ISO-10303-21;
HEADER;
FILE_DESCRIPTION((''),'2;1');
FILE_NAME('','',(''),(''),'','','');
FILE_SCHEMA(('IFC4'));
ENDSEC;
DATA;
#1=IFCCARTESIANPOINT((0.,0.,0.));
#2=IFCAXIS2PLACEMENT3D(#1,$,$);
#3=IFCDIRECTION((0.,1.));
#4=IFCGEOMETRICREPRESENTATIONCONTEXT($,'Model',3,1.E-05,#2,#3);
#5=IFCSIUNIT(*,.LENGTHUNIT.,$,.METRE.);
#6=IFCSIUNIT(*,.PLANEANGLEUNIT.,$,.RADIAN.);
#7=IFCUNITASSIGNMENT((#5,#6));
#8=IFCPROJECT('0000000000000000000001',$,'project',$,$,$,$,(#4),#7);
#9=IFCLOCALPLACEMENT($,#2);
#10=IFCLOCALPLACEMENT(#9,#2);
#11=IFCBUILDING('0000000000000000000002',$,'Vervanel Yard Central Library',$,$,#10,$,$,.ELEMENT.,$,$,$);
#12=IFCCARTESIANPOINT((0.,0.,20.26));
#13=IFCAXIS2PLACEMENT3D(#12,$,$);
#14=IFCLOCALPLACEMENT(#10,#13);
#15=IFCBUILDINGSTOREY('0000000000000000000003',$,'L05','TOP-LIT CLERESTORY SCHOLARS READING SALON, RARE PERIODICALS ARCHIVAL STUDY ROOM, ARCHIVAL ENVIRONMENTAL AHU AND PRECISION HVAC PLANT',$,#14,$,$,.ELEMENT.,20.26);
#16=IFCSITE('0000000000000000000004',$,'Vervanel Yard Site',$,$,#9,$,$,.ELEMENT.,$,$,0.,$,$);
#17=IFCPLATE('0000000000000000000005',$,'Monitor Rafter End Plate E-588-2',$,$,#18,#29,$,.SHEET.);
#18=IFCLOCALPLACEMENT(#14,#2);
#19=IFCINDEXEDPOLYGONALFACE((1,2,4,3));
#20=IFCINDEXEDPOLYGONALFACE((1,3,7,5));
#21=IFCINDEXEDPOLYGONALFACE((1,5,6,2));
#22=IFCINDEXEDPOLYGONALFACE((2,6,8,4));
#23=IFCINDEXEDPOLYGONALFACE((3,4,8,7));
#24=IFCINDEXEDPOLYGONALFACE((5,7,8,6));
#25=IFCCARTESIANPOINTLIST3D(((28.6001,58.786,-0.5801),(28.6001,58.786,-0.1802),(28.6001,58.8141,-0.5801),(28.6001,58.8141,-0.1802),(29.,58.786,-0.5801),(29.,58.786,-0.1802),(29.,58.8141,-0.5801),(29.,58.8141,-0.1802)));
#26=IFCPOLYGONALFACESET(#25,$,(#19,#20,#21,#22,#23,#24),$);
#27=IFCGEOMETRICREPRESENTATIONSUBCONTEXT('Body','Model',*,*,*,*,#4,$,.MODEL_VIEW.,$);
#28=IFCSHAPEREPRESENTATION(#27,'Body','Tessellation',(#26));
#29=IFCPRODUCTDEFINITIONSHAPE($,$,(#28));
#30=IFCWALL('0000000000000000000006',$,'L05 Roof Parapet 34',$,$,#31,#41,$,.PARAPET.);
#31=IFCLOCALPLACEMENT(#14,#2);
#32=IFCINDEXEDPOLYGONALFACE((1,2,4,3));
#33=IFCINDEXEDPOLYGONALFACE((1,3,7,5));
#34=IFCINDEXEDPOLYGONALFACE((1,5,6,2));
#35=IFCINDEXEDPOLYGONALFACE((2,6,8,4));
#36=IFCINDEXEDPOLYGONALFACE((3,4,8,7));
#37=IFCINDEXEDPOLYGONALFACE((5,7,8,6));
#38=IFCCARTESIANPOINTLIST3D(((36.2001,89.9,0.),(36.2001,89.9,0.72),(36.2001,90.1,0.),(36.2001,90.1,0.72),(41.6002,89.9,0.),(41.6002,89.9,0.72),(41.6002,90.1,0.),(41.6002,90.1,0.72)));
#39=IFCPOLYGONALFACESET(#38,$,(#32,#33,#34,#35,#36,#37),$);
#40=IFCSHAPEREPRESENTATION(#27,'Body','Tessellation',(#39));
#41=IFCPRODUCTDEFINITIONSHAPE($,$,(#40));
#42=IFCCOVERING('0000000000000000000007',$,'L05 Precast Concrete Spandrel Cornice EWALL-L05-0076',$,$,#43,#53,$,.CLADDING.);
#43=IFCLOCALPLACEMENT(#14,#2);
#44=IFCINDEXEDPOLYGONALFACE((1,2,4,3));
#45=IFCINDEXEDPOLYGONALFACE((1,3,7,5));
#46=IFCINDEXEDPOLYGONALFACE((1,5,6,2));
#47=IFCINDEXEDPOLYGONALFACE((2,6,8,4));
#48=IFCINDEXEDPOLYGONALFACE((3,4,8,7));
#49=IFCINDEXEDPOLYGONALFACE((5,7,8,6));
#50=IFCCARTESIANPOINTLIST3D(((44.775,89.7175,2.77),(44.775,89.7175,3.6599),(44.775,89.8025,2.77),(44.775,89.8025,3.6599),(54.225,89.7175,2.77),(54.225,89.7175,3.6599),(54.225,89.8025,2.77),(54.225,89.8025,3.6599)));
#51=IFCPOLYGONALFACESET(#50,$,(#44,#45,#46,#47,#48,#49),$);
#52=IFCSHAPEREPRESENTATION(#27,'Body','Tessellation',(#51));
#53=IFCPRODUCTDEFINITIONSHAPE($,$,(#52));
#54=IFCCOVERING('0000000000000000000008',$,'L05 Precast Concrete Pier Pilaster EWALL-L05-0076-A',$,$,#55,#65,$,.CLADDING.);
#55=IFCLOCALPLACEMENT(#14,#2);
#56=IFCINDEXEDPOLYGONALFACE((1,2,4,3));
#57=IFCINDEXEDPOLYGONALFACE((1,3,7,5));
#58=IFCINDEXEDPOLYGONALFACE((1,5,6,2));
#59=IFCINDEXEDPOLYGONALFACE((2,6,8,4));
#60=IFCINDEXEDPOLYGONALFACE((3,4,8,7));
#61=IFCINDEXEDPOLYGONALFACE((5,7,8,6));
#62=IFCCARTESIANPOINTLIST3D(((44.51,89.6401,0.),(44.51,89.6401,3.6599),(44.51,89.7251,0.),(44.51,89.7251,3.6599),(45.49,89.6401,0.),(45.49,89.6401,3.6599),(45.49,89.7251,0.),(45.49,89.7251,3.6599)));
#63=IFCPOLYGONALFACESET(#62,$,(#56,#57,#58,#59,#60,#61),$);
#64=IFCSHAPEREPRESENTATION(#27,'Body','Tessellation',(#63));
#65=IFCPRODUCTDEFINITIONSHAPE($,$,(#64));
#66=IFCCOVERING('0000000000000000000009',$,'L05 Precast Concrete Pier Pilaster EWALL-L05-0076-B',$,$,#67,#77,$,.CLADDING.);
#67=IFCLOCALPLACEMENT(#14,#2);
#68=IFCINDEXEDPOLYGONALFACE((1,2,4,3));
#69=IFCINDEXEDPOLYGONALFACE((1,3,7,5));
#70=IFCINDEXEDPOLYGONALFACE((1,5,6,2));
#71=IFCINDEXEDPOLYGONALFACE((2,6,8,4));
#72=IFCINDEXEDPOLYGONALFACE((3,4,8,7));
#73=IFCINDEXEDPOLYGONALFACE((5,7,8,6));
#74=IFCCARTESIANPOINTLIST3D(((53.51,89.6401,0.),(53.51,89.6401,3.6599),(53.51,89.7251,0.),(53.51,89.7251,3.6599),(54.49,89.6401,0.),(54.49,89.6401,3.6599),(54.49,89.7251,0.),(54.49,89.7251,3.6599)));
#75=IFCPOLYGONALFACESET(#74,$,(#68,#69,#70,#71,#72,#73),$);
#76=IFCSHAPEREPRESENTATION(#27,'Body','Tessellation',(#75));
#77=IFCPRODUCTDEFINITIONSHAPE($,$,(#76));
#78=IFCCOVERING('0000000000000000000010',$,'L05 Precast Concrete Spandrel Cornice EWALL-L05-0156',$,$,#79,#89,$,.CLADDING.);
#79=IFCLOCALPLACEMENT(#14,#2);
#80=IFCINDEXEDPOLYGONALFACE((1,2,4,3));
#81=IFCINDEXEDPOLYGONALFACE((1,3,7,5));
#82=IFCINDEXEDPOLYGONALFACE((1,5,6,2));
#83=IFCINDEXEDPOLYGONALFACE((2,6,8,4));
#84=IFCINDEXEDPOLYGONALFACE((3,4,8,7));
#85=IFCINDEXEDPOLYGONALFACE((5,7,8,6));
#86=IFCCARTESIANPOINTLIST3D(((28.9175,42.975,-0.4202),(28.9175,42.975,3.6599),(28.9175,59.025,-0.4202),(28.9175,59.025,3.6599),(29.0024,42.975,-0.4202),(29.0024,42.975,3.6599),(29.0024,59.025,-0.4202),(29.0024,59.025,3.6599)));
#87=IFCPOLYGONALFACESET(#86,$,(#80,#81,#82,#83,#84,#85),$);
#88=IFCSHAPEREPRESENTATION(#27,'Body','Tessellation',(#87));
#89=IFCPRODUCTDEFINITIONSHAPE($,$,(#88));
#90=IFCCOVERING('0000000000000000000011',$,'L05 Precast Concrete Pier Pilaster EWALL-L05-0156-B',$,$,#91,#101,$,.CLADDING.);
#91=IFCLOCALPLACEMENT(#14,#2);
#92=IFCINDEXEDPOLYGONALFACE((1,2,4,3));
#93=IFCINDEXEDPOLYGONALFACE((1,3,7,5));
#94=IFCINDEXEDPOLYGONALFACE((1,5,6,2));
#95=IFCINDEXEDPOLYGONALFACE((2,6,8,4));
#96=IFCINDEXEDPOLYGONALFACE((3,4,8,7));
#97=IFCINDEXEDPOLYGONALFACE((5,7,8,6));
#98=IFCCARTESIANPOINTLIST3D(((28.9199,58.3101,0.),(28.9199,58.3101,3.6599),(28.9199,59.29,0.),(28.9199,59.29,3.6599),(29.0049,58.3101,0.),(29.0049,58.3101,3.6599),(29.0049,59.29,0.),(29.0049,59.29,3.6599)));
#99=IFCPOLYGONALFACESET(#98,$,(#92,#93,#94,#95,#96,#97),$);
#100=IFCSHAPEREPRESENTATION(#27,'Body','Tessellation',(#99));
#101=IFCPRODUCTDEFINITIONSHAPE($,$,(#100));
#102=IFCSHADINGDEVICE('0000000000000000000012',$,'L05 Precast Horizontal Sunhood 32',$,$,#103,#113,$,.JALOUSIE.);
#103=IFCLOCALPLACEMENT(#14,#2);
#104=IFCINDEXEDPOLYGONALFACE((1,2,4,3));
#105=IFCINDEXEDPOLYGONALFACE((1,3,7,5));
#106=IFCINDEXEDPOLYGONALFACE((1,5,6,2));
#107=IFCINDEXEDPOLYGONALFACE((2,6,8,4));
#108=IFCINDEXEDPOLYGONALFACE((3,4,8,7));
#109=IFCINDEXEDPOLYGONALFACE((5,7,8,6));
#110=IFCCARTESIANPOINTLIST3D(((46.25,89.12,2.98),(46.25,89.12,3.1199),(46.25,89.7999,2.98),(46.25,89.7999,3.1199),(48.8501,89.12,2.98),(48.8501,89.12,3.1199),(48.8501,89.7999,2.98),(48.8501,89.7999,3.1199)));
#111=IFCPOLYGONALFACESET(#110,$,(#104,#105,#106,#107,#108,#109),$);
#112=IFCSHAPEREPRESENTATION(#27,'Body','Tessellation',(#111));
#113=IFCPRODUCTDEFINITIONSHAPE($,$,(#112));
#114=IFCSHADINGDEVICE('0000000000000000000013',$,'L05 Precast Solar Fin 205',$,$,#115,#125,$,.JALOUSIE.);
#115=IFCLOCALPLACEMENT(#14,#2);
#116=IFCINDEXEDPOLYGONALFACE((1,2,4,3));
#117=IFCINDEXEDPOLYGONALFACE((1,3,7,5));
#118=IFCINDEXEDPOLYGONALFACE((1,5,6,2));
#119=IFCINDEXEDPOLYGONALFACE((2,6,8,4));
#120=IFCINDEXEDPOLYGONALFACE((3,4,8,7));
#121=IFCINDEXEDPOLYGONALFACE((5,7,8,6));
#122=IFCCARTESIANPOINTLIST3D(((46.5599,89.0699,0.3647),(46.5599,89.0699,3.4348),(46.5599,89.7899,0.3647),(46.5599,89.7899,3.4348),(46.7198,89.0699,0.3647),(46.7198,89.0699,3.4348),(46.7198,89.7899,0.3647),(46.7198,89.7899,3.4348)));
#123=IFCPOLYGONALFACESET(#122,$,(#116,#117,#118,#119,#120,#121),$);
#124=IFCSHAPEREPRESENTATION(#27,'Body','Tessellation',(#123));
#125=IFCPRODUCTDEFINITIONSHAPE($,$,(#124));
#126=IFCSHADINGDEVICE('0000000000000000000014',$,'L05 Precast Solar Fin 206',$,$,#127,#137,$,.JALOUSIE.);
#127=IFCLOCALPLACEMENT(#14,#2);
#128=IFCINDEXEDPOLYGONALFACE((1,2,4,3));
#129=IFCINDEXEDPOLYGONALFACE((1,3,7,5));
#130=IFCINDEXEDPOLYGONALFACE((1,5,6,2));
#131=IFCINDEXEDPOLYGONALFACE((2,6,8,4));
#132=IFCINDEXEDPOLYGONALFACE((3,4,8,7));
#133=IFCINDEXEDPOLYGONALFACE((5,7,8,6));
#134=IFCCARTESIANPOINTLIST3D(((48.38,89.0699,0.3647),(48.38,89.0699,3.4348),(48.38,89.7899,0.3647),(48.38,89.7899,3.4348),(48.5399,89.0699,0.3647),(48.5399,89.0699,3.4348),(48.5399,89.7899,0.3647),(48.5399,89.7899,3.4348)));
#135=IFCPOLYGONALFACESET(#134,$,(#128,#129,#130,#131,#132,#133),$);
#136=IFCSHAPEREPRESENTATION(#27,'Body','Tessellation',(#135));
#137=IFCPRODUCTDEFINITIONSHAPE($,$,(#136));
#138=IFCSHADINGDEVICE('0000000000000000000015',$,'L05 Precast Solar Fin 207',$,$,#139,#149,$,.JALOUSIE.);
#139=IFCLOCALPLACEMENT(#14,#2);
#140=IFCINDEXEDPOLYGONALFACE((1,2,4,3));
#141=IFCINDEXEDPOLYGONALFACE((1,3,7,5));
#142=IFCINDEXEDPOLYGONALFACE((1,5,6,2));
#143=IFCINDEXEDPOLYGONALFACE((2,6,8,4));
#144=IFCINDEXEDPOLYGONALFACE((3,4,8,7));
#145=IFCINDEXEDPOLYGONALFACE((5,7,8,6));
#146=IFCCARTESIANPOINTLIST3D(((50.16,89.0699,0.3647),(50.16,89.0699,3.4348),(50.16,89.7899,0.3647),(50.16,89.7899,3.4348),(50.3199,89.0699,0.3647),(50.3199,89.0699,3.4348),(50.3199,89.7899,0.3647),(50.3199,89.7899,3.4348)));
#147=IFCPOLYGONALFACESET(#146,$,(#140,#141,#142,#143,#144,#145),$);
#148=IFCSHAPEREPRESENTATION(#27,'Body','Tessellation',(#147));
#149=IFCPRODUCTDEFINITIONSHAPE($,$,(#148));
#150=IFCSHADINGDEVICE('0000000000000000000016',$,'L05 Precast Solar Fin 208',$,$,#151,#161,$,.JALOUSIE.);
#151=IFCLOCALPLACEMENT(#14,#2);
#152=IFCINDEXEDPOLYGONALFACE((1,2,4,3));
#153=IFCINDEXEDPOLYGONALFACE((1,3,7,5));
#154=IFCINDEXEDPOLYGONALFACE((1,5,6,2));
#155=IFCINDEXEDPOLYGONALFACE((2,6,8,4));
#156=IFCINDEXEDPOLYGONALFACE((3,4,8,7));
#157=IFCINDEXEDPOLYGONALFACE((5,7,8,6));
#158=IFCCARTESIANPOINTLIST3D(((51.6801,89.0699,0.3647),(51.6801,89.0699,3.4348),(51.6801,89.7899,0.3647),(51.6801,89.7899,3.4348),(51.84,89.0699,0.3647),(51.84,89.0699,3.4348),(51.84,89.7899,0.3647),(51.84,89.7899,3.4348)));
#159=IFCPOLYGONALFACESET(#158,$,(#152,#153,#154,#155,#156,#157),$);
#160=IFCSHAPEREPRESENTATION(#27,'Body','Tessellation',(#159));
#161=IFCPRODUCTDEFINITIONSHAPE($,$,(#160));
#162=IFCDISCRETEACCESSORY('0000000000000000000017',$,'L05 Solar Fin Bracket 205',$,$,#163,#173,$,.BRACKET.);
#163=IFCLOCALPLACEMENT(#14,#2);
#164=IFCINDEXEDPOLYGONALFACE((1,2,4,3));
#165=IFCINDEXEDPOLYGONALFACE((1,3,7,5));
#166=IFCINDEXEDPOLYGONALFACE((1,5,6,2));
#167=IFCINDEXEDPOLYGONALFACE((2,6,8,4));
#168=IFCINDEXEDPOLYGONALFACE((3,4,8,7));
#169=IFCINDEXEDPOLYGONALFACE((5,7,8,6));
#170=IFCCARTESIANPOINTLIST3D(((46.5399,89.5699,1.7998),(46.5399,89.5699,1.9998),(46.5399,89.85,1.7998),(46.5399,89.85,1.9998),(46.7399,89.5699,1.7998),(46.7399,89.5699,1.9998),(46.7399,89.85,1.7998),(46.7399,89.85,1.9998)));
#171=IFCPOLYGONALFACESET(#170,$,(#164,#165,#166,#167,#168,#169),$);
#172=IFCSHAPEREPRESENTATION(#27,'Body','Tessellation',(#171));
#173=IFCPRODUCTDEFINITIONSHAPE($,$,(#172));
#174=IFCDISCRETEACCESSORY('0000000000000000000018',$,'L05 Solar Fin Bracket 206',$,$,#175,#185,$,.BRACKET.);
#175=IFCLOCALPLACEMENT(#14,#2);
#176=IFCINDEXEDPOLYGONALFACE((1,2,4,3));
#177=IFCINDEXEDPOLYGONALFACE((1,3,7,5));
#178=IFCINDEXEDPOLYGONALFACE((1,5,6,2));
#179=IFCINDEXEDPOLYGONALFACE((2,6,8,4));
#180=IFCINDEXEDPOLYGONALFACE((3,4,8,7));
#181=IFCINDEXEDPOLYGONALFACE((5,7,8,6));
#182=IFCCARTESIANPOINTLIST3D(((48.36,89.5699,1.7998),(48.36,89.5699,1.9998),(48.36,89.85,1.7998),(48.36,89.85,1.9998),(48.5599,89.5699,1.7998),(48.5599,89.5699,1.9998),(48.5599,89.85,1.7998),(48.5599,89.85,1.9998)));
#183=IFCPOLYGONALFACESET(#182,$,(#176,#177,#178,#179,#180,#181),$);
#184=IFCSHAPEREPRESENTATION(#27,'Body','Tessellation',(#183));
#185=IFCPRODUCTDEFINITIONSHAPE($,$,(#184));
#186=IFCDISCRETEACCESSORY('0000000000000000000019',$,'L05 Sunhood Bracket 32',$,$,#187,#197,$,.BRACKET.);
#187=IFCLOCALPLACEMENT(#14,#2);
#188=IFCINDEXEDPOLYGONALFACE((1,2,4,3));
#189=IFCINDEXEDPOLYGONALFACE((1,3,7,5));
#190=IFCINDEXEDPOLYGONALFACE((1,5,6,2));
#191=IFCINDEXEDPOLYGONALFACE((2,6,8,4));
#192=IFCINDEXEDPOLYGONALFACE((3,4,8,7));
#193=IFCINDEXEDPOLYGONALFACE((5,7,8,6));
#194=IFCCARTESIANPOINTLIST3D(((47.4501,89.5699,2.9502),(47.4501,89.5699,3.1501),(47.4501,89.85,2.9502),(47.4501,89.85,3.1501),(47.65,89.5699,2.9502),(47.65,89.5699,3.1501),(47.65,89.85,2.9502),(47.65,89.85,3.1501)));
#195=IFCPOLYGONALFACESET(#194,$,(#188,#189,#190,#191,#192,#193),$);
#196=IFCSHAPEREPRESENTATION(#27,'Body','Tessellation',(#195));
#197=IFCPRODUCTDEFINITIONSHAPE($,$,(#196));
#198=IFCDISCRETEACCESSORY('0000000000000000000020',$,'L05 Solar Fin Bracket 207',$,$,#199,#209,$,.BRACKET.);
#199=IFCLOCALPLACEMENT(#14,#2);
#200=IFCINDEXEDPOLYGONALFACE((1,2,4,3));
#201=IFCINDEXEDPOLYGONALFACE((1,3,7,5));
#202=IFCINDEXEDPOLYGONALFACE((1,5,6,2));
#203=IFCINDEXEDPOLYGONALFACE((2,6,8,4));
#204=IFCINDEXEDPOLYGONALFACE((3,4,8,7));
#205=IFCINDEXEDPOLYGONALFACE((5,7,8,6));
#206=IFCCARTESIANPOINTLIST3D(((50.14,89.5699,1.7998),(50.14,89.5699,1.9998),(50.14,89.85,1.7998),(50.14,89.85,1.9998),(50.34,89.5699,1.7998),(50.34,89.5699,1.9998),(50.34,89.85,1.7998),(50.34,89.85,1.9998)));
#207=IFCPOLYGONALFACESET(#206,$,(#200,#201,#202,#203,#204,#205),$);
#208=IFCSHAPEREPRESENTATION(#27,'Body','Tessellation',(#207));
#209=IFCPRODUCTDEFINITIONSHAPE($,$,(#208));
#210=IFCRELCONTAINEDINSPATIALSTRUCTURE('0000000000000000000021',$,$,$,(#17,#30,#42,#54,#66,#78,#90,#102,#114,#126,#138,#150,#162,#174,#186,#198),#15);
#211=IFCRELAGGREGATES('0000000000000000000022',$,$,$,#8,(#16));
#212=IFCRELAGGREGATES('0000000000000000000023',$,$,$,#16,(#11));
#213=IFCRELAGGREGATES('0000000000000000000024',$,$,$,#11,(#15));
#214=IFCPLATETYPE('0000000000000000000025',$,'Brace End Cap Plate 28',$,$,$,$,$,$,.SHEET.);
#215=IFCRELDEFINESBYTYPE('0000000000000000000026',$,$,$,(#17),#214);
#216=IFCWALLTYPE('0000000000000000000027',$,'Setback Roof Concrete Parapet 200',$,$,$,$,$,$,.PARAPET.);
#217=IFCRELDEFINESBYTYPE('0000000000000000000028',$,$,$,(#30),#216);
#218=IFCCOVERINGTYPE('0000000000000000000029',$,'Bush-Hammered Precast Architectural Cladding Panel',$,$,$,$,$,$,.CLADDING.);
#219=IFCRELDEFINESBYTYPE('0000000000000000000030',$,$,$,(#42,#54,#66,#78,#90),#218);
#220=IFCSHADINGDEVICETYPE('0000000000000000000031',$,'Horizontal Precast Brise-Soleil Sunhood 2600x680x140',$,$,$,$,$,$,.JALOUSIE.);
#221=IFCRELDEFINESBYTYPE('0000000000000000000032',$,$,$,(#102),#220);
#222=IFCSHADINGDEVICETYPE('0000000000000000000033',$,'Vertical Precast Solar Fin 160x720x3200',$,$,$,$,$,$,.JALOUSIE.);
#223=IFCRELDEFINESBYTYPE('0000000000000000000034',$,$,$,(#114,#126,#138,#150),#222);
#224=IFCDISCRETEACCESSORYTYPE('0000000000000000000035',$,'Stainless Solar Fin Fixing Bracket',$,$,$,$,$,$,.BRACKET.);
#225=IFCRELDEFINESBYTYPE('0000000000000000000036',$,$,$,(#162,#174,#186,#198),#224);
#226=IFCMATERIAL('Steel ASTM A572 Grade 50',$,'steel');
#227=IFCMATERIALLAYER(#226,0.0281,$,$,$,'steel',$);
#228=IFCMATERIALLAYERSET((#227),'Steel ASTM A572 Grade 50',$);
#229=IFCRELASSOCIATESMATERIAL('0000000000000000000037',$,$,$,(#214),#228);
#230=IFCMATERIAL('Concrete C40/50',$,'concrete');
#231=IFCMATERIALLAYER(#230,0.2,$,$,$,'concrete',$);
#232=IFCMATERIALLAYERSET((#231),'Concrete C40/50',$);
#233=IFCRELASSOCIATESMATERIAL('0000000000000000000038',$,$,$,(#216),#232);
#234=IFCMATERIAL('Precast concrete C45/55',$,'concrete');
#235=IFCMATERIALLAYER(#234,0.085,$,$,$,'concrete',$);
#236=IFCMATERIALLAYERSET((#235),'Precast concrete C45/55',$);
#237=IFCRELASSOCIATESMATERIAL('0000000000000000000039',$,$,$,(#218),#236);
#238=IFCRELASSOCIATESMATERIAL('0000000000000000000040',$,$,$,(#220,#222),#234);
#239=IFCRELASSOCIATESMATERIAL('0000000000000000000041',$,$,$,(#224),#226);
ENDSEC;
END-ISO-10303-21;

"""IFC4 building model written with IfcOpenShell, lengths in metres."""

from ifc_helpers import new_model, si_unit, direction, frame, frame_2d, origin, origin_2d, place, context, subcontext, project, spatial, rectangle, extrude, material, layer, layer_set, type_object, element, save


model = new_model("IFC4")

# Units and contexts
model_context = context("Model", 3, precision=1e-05, world=origin(), true_north=direction((0.0, 1.0)))
body_context = subcontext(model_context, "Body", "Model", "MODEL_VIEW")
ifc_project = project(units=[si_unit("LENGTHUNIT", "METRE"), si_unit("PLANEANGLEUNIT", "RADIAN")], contexts=[model_context])

# Site, building, storey
site_placement = place(None, origin())
site = spatial("IfcSite", under=ifc_project, at=site_placement, Name="Vervanel Yard Site", CompositionType="ELEMENT", RefElevation=0.0)
building_placement = place(site_placement, origin())
building = spatial("IfcBuilding", under=site, at=building_placement, Name="Vervanel Yard Central Library", CompositionType="ELEMENT")
storey_placement = place(building_placement, frame((0.0, 0.0, 20.26)))
storey = spatial("IfcBuildingStorey", under=building, at=storey_placement, Name="L05", Description="TOP-LIT CLERESTORY SCHOLARS READING SALON, RARE PERIODICALS ARCHIVAL STUDY ROOM, ARCHIVAL ENVIRONMENTAL AHU AND PRECISION HVAC PLANT", CompositionType="ELEMENT", Elevation=20.26)

# Shared definitions
ifc_material_1 = material(Name="Concrete C40/50", Category="concrete")

# Plate
ifc_material_2 = material(Name="Steel ASTM A572 Grade 50", Category="steel")
ifc_layer_1 = layer(ifc_material_2, 0.0281, Category="steel")
ifc_layer_set_1 = layer_set([ifc_layer_1], Name="Steel ASTM A572 Grade 50")
plate_type = type_object("IfcPlateType", Name="Brace End Cap Plate 28", PredefinedType="SHEET", material=ifc_layer_set_1)
for number, where, z_axis, x_axis, name in (
    (1, (28.8, 58.8, -0.5801), (0.0, 0.0, 1.0), (1.0, 0.0, 0.0), "Monitor Rafter End Plate E-588-2"),
):
    element("IfcPlate", number, at=place(storey_placement, frame(where, z_axis=z_axis, x_axis=x_axis)), inside=storey, type_object=plate_type, Name=name, PredefinedType="SHEET", context=body_context, shape_type="SweptSolid", body=[
        extrude(rectangle(XDim=0.3999, YDim=0.0281, at=origin_2d()), origin(), (0.0, 0.0, 1.0), 0.3999),
    ])

# Wall
ifc_layer_2 = layer(ifc_material_1, 0.2, Category="concrete")
ifc_layer_set_2 = layer_set([ifc_layer_2], Name="Concrete C40/50")
wall_type = type_object("IfcWallType", Name="Setback Roof Concrete Parapet 200", PredefinedType="PARAPET", material=ifc_layer_set_2)
wall_placement = place(storey_placement, frame((36.2, 90.0, 0.0), z_axis=(0.0, 0.0, 1.0), x_axis=(1.0, 0.0, 0.0)))
element("IfcWall", 2, at=wall_placement, inside=storey, type_object=wall_type, Name="L05 Roof Parapet 34", PredefinedType="PARAPET", context=body_context, shape_type="SweptSolid", body=[
    extrude(rectangle(XDim=5.4001, YDim=0.2, at=frame_2d((2.7002, 0.0))), origin(), (0.0, 0.0, 1.0), 0.72),
])

# Coverings
ifc_material_3 = material(Name="Precast concrete C45/55", Category="concrete")
ifc_layer_3 = layer(ifc_material_3, 0.085, Category="concrete")
ifc_layer_set_3 = layer_set([ifc_layer_3], Name="Precast concrete C45/55")
covering_type = type_object("IfcCoveringType", Name="Bush-Hammered Precast Architectural Cladding Panel", PredefinedType="CLADDING", material=ifc_layer_set_3)
covering_1_placement = place(storey_placement, frame((49.5, 89.76, 2.77), z_axis=(0.0, 0.0, 1.0), x_axis=(1.0, 0.0, 0.0)))
element("IfcCovering", 3, at=covering_1_placement, inside=storey, type_object=covering_type, Name="L05 Precast Concrete Spandrel Cornice EWALL-L05-0076", PredefinedType="CLADDING", context=body_context, shape_type="SweptSolid", body=[
    extrude(rectangle(XDim=9.45, YDim=0.085, at=origin_2d()), origin(), (0.0, 0.0, 1.0), 0.8899),
])
for number, where, z_axis, x_axis, name in (
    (4, (45.0, 89.6826, 0.0), (0.0, 0.0, 1.0), (1.0, 0.0, 0.0), "L05 Precast Concrete Pier Pilaster EWALL-L05-0076-A"),
    (5, (54.0, 89.6826, 0.0), (0.0, 0.0, 1.0), (1.0, 0.0, 0.0), "L05 Precast Concrete Pier Pilaster EWALL-L05-0076-B"),
):
    element("IfcCovering", number, at=place(storey_placement, frame(where, z_axis=z_axis, x_axis=x_axis)), inside=storey, type_object=covering_type, Name=name, PredefinedType="CLADDING", context=body_context, shape_type="SweptSolid", body=[
        extrude(rectangle(XDim=0.98, YDim=0.085, at=origin_2d()), origin(), (0.0, 0.0, 1.0), 3.6599),
    ])
covering_2_placement = place(storey_placement, frame((28.96, 51.0, -0.4202), z_axis=(0.0, 0.0, 1.0), x_axis=(0.0, 1.0, 0.0)))
element("IfcCovering", 6, at=covering_2_placement, inside=storey, type_object=covering_type, Name="L05 Precast Concrete Spandrel Cornice EWALL-L05-0156", PredefinedType="CLADDING", context=body_context, shape_type="SweptSolid", body=[
    extrude(rectangle(XDim=16.05, YDim=0.085, at=origin_2d()), origin(), (0.0, 0.0, 1.0), 4.0801),
])
covering_3_placement = place(storey_placement, frame((28.9624, 58.8, 0.0), z_axis=(0.0, 0.0, 1.0), x_axis=(0.0, 1.0, 0.0)))
element("IfcCovering", 7, at=covering_3_placement, inside=storey, type_object=covering_type, Name="L05 Precast Concrete Pier Pilaster EWALL-L05-0156-B", PredefinedType="CLADDING", context=body_context, shape_type="SweptSolid", body=[
    extrude(rectangle(XDim=0.98, YDim=0.085, at=origin_2d()), origin(), (0.0, 0.0, 1.0), 3.6599),
])

# Shading devices
shading_device_type_1 = type_object("IfcShadingDeviceType", Name="Horizontal Precast Brise-Soleil Sunhood 2600x680x140", PredefinedType="JALOUSIE", material=ifc_material_3)
shading_device_placement = place(storey_placement, frame((47.55, 89.46, 2.98), z_axis=(0.0, 0.0, 1.0), x_axis=(1.0, 0.0, 0.0)))
element("IfcShadingDevice", 8, at=shading_device_placement, inside=storey, type_object=shading_device_type_1, Name="L05 Precast Horizontal Sunhood 32", PredefinedType="JALOUSIE", context=body_context, shape_type="SweptSolid", body=[
    extrude(rectangle(XDim=2.6001, YDim=0.6799, at=origin_2d()), origin(), (0.0, 0.0, 1.0), 0.1399),
])
shading_device_type_2 = type_object("IfcShadingDeviceType", Name="Vertical Precast Solar Fin 160x720x3200", PredefinedType="JALOUSIE", material=ifc_material_3)
for number, where, z_axis, x_axis, name in (
    (9, (46.6399, 89.4299, 0.3647), (0.0, 0.0, 1.0), (1.0, 0.0, 0.0), "L05 Precast Solar Fin 205"),
    (10, (48.46, 89.4299, 0.3647), (0.0, 0.0, 1.0), (1.0, 0.0, 0.0), "L05 Precast Solar Fin 206"),
    (11, (50.24, 89.4299, 0.3647), (0.0, 0.0, 1.0), (1.0, 0.0, 0.0), "L05 Precast Solar Fin 207"),
    (12, (51.76, 89.4299, 0.3647), (0.0, 0.0, 1.0), (1.0, 0.0, 0.0), "L05 Precast Solar Fin 208"),
):
    element("IfcShadingDevice", number, at=place(storey_placement, frame(where, z_axis=z_axis, x_axis=x_axis)), inside=storey, type_object=shading_device_type_2, Name=name, PredefinedType="JALOUSIE", context=body_context, shape_type="SweptSolid", body=[
        extrude(rectangle(XDim=0.1599, YDim=0.72, at=origin_2d()), origin(), (0.0, 0.0, 1.0), 3.0701),
    ])

# Discrete accessories
discrete_accessory_type = type_object("IfcDiscreteAccessoryType", Name="Stainless Solar Fin Fixing Bracket", PredefinedType="BRACKET", material=ifc_material_2)
for number, where, z_axis, x_axis, name in (
    (13, (46.6399, 89.71, 1.7998), (0.0, 0.0, 1.0), (1.0, 0.0, 0.0), "L05 Solar Fin Bracket 205"),
    (14, (48.46, 89.71, 1.7998), (0.0, 0.0, 1.0), (1.0, 0.0, 0.0), "L05 Solar Fin Bracket 206"),
    (15, (47.55, 89.71, 2.9502), (0.0, 0.0, 1.0), (1.0, 0.0, 0.0), "L05 Sunhood Bracket 32"),
    (16, (50.24, 89.71, 1.7998), (0.0, 0.0, 1.0), (1.0, 0.0, 0.0), "L05 Solar Fin Bracket 207"),
):
    element("IfcDiscreteAccessory", number, at=place(storey_placement, frame(where, z_axis=z_axis, x_axis=x_axis)), inside=storey, type_object=discrete_accessory_type, Name=name, PredefinedType="BRACKET", context=body_context, shape_type="SweptSolid", body=[
        extrude(rectangle(XDim=0.2, YDim=0.28, at=origin_2d()), origin(), (0.0, 0.0, 1.0), 0.2),
    ])

save(model, "model.ifc")
